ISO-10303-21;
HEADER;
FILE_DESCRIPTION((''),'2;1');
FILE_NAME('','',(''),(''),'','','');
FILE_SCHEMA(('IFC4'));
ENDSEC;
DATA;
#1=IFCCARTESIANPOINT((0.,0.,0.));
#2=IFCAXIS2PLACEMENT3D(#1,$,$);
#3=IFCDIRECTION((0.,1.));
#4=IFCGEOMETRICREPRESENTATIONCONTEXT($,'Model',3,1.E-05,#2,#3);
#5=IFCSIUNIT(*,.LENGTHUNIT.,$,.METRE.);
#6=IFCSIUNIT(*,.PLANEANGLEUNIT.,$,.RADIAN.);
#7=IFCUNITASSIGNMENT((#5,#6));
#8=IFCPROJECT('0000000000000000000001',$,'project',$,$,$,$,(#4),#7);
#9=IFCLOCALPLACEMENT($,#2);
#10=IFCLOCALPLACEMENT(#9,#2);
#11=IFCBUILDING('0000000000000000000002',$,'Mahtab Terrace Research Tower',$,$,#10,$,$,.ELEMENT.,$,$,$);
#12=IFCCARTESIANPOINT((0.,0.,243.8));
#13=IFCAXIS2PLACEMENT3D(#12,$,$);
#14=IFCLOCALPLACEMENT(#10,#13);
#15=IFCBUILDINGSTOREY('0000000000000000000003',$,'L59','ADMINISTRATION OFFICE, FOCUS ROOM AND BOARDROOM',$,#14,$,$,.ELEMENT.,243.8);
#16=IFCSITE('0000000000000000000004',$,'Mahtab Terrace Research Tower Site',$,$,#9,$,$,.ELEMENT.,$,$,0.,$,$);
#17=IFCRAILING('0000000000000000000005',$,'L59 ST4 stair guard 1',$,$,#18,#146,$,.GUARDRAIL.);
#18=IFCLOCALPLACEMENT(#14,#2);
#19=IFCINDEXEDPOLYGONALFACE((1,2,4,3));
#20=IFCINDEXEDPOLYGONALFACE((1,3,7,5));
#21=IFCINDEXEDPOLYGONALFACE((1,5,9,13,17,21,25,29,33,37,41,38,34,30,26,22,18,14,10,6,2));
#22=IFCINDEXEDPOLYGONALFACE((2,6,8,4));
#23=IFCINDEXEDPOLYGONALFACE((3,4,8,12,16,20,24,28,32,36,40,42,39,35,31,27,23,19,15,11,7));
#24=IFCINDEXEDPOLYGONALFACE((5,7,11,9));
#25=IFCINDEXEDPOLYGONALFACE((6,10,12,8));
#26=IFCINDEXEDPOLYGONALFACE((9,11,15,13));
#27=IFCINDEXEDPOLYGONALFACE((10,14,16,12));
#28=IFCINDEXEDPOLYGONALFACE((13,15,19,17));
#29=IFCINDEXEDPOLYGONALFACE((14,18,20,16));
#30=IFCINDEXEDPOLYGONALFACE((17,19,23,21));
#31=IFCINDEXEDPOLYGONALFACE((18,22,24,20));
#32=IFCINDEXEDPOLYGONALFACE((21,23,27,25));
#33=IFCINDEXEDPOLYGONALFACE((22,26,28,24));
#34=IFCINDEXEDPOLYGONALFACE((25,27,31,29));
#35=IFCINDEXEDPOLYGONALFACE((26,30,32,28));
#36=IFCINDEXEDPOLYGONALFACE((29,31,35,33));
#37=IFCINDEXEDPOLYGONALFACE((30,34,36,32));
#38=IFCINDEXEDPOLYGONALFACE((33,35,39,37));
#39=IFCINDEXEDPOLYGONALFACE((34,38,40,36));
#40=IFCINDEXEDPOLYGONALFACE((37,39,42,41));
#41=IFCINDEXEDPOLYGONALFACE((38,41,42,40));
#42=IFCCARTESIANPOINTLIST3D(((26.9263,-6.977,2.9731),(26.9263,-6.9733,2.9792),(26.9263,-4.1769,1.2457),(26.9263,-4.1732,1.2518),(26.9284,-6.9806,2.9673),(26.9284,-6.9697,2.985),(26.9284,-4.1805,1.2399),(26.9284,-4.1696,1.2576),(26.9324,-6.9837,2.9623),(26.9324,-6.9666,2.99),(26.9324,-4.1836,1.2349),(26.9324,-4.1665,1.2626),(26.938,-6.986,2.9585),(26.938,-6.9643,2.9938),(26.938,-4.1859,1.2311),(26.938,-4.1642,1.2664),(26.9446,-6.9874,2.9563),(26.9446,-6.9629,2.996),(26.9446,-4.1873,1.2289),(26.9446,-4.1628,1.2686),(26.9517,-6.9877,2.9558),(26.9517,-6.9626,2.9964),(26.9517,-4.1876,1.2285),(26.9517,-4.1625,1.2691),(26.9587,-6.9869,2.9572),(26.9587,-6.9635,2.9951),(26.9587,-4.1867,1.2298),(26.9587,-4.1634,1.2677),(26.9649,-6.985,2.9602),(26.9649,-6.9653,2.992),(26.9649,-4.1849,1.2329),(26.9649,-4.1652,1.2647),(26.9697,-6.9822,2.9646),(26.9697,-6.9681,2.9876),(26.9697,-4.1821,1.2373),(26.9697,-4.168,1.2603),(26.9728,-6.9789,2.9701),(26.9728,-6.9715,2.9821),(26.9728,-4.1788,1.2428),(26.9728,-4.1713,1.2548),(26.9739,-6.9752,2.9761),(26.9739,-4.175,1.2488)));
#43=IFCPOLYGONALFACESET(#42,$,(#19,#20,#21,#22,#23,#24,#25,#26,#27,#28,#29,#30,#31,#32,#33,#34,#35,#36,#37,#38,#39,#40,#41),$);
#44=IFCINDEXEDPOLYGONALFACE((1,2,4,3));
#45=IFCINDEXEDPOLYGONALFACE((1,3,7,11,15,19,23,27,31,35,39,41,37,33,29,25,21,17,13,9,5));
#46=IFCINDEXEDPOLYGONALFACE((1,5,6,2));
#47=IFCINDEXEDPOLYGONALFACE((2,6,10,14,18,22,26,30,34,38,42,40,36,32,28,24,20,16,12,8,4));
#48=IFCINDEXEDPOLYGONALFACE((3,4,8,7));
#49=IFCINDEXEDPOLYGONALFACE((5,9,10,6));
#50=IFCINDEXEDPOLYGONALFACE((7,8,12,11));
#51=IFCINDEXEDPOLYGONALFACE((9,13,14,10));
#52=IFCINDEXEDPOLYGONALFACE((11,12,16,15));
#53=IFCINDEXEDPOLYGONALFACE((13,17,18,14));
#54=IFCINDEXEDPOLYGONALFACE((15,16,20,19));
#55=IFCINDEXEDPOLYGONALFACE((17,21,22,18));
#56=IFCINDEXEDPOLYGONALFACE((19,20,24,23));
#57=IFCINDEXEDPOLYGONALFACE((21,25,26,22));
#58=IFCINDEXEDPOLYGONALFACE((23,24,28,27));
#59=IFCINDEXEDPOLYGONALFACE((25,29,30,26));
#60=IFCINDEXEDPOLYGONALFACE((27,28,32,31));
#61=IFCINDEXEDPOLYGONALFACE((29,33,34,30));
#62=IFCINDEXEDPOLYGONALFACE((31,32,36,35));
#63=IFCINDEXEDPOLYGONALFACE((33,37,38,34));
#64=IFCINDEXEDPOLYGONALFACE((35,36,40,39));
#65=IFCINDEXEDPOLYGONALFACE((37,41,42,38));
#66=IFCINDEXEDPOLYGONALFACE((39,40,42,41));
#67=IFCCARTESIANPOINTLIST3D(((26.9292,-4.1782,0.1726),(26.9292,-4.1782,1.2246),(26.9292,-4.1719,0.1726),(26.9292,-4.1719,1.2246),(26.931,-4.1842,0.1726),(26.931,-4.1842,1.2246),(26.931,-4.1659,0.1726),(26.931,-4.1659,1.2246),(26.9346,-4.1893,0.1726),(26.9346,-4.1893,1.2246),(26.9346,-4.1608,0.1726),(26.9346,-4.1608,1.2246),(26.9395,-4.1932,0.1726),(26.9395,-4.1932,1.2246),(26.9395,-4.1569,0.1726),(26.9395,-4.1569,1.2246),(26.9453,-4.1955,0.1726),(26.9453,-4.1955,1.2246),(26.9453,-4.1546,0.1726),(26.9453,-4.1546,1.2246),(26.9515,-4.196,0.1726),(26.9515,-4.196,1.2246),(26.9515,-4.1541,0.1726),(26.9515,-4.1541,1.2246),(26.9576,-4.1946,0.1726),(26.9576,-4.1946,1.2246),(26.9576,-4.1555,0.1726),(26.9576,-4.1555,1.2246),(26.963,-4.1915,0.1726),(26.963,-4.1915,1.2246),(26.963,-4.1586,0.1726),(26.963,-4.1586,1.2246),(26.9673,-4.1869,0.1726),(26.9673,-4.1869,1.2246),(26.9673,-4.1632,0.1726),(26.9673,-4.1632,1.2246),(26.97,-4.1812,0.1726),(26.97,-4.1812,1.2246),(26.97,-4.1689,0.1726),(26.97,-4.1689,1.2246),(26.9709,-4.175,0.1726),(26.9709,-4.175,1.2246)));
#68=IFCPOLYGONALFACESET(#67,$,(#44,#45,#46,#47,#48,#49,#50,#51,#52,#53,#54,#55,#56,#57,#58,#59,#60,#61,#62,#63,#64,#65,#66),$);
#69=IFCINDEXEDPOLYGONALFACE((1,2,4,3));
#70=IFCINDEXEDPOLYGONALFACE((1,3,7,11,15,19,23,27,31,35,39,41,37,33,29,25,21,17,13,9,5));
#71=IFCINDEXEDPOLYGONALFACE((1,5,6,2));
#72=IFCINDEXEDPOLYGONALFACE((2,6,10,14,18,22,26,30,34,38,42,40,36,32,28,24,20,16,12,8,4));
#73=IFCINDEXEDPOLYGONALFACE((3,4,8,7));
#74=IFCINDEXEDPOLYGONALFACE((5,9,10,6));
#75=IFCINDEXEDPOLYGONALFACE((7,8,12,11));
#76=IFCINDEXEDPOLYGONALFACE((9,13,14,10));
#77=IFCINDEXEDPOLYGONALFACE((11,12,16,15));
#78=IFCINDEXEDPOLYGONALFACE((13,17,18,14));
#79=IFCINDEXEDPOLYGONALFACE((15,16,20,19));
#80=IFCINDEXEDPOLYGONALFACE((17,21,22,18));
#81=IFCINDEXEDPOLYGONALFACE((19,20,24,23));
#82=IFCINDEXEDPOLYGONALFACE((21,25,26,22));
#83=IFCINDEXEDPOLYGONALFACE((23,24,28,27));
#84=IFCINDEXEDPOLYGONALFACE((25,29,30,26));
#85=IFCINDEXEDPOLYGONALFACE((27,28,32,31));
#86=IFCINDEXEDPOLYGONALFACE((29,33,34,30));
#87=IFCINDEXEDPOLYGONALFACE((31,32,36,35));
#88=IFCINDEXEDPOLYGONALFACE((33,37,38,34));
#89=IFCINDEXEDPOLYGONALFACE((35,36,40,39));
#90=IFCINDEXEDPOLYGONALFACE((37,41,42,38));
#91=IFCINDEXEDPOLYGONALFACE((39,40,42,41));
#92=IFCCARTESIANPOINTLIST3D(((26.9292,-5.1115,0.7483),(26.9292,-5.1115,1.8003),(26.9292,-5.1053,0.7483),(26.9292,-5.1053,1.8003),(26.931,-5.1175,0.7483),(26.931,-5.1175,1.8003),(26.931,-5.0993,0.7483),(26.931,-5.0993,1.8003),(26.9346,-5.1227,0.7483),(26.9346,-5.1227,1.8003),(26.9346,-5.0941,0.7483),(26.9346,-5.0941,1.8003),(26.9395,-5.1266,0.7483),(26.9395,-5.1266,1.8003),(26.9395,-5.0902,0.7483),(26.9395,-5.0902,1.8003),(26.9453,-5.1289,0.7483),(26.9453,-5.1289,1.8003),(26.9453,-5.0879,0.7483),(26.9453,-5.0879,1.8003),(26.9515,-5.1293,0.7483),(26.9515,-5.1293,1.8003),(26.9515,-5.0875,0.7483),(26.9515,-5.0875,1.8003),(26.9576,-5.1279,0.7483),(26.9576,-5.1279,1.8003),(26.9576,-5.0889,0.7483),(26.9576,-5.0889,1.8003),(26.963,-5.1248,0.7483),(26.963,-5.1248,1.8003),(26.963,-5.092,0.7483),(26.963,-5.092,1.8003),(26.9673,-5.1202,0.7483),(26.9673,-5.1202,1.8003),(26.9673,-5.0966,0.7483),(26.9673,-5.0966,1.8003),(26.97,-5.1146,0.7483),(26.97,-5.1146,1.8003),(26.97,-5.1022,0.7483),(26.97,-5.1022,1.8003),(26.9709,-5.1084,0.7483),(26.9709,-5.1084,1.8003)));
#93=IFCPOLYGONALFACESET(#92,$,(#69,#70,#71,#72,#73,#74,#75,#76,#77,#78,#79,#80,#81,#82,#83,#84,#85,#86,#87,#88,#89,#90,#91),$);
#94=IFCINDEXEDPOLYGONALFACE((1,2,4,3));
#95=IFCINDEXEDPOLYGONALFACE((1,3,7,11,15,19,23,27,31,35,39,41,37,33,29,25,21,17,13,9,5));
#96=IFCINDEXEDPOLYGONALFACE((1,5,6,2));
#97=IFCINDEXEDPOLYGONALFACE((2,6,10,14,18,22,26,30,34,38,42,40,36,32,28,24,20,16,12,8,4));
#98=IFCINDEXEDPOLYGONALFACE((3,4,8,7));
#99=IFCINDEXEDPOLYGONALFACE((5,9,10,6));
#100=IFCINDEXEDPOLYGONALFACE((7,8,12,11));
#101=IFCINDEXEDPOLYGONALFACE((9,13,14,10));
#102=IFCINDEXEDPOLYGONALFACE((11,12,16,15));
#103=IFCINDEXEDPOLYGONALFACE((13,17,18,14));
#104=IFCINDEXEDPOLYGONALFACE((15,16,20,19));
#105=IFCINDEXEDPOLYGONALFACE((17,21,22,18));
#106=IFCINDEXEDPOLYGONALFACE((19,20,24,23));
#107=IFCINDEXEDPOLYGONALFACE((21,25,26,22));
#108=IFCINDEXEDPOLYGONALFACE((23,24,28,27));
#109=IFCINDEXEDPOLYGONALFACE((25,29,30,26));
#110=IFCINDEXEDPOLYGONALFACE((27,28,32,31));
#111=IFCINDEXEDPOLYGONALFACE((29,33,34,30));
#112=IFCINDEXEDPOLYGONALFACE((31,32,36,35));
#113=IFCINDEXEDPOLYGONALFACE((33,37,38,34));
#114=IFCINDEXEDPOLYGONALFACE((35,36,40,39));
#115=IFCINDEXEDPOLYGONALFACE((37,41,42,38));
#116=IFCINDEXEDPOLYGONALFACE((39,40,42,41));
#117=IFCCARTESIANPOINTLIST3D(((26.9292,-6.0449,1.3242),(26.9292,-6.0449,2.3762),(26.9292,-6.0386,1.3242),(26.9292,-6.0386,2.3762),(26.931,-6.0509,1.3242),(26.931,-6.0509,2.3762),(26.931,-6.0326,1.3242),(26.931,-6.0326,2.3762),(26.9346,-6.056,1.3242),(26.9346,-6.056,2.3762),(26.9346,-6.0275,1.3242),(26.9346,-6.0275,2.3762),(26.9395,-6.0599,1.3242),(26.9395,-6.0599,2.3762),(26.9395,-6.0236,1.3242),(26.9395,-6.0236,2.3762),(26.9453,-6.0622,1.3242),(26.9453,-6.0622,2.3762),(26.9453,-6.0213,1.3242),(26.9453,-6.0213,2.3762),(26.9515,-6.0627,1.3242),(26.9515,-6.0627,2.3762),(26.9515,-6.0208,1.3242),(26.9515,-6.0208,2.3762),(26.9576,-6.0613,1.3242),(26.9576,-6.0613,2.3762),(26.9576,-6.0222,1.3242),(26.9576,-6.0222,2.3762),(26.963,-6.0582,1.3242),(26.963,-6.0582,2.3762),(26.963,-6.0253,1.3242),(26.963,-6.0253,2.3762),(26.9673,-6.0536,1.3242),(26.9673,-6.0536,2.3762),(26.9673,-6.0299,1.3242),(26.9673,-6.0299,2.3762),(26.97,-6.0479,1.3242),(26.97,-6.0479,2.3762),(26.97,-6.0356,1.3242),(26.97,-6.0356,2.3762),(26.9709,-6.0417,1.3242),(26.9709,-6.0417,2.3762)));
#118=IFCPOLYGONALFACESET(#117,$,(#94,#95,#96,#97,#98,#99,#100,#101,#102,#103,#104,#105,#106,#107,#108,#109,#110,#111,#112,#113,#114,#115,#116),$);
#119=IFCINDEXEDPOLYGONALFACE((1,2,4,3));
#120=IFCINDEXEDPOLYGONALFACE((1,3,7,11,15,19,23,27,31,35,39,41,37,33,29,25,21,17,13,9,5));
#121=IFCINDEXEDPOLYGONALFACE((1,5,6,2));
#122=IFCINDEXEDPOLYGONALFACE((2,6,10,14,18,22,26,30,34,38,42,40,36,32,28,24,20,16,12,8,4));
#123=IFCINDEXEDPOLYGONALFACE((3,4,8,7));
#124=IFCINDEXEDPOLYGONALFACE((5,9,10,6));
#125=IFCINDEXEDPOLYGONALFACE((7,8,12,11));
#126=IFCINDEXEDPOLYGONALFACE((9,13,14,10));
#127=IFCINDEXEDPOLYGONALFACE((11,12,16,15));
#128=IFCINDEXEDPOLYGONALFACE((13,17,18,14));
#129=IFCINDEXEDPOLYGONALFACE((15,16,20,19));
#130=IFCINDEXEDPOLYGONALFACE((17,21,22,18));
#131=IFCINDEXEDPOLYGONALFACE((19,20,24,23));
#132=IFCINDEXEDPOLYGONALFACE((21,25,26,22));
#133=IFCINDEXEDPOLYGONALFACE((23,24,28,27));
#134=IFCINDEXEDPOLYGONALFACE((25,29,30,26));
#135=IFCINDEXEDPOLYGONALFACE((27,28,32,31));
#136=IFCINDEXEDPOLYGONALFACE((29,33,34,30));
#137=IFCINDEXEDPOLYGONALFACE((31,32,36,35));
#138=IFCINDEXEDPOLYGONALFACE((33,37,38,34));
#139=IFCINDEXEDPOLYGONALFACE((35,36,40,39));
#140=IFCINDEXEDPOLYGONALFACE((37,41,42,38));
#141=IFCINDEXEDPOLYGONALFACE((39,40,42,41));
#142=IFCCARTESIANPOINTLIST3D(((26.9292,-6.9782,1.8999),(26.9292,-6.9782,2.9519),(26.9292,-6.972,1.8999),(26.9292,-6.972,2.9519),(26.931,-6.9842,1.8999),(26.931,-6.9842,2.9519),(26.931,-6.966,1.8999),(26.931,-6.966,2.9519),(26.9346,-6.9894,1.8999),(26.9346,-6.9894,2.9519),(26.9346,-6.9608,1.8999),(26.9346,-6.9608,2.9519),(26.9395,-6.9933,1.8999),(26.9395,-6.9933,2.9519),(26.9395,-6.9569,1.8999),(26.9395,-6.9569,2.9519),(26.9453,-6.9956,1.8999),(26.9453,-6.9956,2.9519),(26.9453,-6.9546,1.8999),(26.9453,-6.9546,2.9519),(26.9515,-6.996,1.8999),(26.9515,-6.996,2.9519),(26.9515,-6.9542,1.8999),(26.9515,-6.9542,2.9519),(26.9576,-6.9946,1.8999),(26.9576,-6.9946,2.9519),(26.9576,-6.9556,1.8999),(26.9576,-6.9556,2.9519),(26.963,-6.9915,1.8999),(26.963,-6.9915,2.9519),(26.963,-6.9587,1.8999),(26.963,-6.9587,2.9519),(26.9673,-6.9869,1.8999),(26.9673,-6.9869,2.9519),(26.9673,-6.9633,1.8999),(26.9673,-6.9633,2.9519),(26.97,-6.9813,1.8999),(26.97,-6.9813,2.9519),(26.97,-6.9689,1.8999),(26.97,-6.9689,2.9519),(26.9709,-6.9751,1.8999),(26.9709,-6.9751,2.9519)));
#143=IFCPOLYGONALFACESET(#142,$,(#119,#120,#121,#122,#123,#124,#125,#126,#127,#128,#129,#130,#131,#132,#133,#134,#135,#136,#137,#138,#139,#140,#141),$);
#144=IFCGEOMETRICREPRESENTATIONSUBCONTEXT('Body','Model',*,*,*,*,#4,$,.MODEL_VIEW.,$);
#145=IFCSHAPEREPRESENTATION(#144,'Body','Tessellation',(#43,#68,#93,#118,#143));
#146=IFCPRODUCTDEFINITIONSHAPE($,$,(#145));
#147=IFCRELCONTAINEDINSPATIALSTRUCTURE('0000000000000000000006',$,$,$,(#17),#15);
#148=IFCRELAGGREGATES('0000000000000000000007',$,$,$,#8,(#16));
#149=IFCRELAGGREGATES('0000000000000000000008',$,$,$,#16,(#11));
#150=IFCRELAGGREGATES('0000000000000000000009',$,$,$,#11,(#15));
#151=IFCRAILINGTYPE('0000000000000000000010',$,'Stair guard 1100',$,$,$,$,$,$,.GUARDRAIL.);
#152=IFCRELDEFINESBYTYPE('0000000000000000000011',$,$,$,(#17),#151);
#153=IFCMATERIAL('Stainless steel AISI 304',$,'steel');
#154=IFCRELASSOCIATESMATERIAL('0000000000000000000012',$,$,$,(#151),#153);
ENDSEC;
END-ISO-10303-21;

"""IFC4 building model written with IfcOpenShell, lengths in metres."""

from ifc_helpers import new_model, si_unit, direction, frame, origin, origin_2d, place, context, subcontext, project, spatial, circle, extrude, material, type_object, element, save


model = new_model("IFC4")

# Units and contexts
model_context = context("Model", 3, precision=1e-05, world=origin(), true_north=direction((0.0, 1.0)))
body_context = subcontext(model_context, "Body", "Model", "MODEL_VIEW")
ifc_project = project(units=[si_unit("LENGTHUNIT", "METRE"), si_unit("PLANEANGLEUNIT", "RADIAN")], contexts=[model_context])

# Site, building, storey
site_placement = place(None, origin())
site = spatial("IfcSite", under=ifc_project, at=site_placement, Name="Mahtab Terrace Research Tower Site", CompositionType="ELEMENT", RefElevation=0.0)
building_placement = place(site_placement, origin())
building = spatial("IfcBuilding", under=site, at=building_placement, Name="Mahtab Terrace Research Tower", CompositionType="ELEMENT")
storey_placement = place(building_placement, frame((0.0, 0.0, 243.8)))
storey = spatial("IfcBuildingStorey", under=building, at=storey_placement, Name="L59", Description="ADMINISTRATION OFFICE, FOCUS ROOM AND BOARDROOM", CompositionType="ELEMENT", Elevation=243.8)

# Railing
ifc_material_1 = material(Name="Stainless steel AISI 304", Category="steel")
railing_type_1 = type_object("IfcRailingType", Name="Stair guard 1100", PredefinedType="GUARDRAIL", material=ifc_material_1)
railing_1_placement = place(storey_placement, frame((26.95, -4.175, 0.1726)))
element("IfcRailing", 1, at=railing_1_placement, inside=storey, type_object=railing_type_1, Name="L59 ST4 stair guard 1", PredefinedType="GUARDRAIL", context=body_context, shape_type="SweptSolid", body=[
    extrude(circle(Radius=0.0239, at=origin_2d()), frame((0.0, 0.0, 1.0762), z_axis=(0.0, -0.85109, 0.52502), x_axis=(1.0, 0.0, 0.0)), (0.0, 0.0, 1.0), 3.29),
    extrude(circle(Radius=0.021, at=origin_2d()), origin(), (0.0, 0.0, 1.0), 1.052),
    extrude(circle(Radius=0.021, at=origin_2d()), frame((0.0, -0.9333, 0.5757)), (0.0, 0.0, 1.0), 1.052),
    extrude(circle(Radius=0.021, at=origin_2d()), frame((0.0, -1.8667, 1.1516)), (0.0, 0.0, 1.0), 1.052),
    extrude(circle(Radius=0.021, at=origin_2d()), frame((0.0, -2.8, 1.7273)), (0.0, 0.0, 1.0), 1.052),
])

save(model, "model.ifc")
